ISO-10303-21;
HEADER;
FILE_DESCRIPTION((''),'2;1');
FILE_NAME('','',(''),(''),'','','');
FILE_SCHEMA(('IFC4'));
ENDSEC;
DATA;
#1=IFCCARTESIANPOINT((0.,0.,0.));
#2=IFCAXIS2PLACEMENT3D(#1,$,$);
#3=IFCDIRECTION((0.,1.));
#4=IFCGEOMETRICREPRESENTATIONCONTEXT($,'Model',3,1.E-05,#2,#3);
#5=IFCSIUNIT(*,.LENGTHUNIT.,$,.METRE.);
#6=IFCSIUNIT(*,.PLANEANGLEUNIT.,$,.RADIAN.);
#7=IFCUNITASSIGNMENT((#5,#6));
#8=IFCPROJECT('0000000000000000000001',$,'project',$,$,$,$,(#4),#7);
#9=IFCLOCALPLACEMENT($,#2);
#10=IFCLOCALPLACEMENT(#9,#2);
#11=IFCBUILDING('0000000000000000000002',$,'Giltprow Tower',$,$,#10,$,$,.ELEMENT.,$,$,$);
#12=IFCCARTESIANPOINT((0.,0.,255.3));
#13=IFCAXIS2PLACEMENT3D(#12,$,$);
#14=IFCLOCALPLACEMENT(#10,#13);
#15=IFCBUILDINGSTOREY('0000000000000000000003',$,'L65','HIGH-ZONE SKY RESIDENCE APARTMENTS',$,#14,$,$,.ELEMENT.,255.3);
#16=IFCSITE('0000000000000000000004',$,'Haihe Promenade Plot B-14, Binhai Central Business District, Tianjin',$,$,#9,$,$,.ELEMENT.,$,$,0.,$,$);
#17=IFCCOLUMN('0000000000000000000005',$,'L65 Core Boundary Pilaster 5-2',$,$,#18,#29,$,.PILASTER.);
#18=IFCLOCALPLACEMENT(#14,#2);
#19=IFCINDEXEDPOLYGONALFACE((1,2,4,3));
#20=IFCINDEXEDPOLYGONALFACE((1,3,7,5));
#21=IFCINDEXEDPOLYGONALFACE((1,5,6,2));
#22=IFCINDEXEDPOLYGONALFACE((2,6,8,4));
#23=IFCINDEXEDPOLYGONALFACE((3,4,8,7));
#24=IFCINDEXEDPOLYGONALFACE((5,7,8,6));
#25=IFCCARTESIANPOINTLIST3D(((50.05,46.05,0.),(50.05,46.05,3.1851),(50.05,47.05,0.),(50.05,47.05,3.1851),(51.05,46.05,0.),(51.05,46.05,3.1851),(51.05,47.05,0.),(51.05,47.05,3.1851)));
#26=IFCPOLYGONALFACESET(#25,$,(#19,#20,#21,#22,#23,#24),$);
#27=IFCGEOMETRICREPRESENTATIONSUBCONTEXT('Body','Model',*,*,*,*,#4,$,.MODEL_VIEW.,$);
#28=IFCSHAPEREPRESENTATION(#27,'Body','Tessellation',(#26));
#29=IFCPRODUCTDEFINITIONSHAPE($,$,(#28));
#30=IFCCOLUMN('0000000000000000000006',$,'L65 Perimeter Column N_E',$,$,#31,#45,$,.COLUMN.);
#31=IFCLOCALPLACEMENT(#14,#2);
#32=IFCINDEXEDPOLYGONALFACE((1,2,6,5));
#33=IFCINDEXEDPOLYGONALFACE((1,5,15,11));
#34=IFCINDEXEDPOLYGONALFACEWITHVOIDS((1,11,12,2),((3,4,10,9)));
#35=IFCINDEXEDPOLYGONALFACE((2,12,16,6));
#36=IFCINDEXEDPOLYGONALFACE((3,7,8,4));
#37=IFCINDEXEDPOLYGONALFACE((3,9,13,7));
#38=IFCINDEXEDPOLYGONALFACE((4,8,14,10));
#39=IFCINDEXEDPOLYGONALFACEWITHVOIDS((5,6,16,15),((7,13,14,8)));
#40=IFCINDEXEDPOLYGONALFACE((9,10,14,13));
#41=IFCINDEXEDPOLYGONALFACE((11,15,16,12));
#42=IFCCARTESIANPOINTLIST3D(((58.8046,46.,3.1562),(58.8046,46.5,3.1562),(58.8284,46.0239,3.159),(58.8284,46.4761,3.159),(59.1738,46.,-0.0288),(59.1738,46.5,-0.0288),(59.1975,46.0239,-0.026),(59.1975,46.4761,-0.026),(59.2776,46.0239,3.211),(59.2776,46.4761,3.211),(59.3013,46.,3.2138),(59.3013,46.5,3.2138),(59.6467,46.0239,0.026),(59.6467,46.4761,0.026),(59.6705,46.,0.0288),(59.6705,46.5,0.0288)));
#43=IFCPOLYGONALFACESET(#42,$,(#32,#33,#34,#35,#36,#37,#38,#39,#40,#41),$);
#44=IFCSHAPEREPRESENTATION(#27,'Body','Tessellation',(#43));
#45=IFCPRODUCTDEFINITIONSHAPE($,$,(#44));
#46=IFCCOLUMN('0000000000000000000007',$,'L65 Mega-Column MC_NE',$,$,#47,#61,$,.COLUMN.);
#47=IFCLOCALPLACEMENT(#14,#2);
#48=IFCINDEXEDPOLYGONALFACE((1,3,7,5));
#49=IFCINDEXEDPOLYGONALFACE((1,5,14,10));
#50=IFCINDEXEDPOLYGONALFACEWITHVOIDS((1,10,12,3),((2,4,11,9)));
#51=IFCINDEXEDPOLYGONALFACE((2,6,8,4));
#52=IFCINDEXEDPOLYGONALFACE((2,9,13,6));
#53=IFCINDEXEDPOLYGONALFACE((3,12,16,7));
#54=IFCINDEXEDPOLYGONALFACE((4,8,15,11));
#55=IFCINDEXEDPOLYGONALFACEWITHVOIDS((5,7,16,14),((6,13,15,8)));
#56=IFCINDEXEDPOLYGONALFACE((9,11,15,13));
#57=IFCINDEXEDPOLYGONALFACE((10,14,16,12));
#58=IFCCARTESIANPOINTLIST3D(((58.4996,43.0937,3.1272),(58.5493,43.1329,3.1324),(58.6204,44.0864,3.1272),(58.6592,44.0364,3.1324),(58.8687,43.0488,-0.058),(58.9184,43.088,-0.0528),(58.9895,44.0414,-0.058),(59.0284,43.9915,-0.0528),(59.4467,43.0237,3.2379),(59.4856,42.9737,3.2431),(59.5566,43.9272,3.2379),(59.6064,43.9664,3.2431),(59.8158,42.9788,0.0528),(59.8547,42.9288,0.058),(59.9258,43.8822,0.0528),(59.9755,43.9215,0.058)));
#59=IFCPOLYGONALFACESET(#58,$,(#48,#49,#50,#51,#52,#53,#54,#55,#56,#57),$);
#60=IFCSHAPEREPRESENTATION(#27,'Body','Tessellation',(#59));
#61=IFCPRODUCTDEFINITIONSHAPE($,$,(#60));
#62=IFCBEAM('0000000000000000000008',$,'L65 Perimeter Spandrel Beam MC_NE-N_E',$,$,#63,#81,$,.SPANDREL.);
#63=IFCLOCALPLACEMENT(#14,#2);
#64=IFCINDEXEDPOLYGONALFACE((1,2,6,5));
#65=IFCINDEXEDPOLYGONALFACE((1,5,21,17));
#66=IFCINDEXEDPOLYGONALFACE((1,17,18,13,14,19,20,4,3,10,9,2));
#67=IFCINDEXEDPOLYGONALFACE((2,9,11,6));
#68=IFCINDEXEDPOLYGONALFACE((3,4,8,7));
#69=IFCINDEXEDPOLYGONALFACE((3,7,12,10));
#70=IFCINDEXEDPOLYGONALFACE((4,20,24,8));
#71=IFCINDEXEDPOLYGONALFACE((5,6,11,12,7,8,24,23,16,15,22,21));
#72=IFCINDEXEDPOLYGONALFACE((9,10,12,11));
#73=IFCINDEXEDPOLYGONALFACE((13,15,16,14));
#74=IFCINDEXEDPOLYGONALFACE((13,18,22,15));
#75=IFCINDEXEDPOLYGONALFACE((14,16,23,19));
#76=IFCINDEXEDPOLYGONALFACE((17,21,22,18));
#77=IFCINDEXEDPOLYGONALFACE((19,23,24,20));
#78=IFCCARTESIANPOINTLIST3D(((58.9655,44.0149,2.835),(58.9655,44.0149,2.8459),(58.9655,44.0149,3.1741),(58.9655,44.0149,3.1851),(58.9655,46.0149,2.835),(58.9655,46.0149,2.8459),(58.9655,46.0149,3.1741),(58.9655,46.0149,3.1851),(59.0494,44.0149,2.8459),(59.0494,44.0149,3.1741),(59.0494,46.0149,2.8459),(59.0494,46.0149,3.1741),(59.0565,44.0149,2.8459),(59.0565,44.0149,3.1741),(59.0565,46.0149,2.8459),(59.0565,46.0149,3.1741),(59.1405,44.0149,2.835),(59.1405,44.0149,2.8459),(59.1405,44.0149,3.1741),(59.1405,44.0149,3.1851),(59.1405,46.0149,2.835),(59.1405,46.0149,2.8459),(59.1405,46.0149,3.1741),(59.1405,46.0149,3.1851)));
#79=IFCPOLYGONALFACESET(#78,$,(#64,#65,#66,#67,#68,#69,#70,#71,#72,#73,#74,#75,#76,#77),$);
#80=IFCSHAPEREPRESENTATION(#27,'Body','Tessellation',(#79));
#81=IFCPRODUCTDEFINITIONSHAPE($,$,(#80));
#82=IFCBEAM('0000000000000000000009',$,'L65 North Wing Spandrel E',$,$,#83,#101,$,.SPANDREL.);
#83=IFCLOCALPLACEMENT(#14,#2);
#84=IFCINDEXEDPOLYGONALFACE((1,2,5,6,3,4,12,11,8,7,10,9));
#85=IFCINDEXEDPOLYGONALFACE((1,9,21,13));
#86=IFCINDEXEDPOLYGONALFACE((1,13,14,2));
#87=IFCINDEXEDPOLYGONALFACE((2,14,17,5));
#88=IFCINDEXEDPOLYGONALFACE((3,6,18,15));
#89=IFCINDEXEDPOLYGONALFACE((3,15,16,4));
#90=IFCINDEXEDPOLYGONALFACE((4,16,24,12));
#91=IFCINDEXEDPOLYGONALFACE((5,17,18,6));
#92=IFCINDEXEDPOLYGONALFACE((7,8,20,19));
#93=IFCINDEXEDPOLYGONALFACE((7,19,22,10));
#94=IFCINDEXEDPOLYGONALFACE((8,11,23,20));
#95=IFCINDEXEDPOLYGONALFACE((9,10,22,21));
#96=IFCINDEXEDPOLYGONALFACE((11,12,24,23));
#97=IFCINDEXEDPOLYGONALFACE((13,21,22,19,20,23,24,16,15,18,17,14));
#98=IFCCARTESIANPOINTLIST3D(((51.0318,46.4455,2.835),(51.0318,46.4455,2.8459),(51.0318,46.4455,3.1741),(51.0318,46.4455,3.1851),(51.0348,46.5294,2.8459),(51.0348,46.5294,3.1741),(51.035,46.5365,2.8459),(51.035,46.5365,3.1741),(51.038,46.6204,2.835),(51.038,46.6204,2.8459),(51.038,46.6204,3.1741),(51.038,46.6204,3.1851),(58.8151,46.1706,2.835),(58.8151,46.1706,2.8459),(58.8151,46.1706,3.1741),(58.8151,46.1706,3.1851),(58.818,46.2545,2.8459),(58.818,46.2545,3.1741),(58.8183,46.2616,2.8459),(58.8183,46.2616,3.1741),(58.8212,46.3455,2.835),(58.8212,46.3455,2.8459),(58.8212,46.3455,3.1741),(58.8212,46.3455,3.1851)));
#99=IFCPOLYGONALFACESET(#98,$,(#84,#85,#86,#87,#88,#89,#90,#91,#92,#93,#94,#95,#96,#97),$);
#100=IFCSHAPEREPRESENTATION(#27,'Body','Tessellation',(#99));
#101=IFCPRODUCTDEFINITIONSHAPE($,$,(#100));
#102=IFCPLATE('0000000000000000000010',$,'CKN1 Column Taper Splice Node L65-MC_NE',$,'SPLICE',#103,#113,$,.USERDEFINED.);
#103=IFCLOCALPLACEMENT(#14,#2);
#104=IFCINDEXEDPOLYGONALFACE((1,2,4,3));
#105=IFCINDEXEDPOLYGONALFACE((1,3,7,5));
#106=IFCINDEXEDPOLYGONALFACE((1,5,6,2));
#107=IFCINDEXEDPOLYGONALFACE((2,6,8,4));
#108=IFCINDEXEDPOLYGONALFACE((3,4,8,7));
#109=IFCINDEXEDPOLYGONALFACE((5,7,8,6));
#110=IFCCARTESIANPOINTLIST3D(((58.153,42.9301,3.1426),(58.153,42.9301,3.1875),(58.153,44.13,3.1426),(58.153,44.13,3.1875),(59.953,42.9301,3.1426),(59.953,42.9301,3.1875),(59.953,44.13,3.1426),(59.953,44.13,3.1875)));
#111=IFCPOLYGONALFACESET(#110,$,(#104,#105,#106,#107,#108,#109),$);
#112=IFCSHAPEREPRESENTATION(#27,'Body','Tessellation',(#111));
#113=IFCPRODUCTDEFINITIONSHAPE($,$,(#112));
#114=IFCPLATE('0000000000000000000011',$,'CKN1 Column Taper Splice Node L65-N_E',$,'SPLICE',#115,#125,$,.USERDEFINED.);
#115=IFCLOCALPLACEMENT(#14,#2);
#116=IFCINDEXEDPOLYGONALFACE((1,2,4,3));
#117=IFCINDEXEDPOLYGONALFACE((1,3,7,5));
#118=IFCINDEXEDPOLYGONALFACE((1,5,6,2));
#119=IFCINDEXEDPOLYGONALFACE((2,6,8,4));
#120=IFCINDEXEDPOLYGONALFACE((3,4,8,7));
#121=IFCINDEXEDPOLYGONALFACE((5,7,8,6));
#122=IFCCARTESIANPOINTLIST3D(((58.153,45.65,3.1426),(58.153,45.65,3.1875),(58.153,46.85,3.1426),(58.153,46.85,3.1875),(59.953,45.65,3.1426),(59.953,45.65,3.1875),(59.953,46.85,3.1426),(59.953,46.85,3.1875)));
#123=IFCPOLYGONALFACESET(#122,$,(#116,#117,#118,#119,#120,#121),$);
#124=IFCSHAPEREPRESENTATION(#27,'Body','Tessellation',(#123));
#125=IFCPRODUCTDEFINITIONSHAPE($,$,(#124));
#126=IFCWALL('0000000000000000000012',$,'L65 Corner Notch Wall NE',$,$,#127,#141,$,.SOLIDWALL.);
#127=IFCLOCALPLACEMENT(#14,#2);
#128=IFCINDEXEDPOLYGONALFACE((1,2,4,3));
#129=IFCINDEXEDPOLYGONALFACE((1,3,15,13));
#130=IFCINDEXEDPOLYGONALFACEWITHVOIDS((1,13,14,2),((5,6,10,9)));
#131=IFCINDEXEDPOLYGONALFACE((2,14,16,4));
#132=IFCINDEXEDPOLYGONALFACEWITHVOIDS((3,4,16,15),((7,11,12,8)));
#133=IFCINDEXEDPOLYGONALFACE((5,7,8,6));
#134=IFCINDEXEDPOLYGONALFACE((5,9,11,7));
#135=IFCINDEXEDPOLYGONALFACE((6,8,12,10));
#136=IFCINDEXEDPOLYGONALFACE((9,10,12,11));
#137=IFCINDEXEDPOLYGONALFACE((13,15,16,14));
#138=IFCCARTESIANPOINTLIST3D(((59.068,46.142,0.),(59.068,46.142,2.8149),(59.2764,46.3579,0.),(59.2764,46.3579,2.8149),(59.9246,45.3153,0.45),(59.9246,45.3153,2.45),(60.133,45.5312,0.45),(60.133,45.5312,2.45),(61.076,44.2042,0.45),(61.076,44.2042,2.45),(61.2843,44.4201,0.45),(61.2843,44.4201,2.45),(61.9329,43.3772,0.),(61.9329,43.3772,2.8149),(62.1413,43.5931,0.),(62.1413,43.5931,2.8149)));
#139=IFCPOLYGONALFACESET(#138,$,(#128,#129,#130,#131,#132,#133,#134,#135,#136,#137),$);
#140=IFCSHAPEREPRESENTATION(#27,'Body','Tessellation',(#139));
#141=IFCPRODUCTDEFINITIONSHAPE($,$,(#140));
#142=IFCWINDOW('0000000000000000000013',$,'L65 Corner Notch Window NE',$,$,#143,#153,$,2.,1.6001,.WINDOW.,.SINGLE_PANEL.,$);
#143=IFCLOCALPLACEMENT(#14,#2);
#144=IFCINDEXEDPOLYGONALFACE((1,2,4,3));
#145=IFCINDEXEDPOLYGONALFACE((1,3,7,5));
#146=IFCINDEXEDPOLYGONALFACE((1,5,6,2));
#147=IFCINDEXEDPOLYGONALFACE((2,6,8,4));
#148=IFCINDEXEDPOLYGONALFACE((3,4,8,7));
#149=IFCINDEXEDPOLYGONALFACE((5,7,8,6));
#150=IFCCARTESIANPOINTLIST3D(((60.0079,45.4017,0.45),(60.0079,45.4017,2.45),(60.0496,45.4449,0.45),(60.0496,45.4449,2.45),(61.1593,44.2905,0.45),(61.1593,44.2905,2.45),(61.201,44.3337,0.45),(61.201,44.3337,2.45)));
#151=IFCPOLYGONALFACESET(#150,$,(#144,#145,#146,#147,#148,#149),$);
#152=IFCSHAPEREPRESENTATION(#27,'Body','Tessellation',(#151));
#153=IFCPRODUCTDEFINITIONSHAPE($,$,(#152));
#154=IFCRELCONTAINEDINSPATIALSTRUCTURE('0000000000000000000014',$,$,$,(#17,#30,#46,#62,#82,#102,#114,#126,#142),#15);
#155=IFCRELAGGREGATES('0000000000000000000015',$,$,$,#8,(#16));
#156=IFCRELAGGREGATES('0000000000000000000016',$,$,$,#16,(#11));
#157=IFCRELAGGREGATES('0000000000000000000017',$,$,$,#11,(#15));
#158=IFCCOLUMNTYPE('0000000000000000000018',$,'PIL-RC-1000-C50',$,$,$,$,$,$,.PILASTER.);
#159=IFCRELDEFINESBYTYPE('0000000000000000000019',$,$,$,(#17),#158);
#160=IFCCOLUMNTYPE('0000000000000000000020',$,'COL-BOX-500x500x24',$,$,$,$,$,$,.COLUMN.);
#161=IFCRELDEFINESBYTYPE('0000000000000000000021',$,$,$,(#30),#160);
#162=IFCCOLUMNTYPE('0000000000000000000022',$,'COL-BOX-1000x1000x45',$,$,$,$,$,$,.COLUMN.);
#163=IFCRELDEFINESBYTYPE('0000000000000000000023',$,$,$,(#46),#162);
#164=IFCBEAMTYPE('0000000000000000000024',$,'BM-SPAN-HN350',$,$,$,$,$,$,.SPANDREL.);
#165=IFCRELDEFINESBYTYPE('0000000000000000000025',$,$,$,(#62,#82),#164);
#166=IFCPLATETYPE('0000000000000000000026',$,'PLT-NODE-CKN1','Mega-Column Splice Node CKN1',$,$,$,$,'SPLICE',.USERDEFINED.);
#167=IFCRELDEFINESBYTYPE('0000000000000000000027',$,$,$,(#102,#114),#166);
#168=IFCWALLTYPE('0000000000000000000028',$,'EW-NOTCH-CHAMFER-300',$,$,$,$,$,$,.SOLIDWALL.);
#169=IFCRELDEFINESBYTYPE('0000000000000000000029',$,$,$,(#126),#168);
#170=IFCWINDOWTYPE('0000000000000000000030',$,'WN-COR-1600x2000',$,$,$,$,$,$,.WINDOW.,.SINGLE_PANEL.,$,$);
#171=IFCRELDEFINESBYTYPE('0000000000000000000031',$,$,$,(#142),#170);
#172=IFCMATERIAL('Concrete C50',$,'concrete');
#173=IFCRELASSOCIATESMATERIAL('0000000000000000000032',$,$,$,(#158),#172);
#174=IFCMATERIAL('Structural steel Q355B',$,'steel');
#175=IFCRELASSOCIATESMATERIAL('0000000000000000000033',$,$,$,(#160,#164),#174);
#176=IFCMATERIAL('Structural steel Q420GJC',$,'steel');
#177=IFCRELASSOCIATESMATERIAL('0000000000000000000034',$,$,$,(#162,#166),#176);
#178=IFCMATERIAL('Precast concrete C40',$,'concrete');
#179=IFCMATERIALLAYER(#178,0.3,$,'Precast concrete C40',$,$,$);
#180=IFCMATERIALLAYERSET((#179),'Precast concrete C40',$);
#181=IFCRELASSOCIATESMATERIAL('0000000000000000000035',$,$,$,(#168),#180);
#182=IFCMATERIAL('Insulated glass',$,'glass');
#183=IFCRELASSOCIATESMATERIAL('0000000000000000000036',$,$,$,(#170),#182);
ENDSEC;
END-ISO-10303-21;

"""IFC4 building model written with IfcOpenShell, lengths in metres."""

from ifc_helpers import new_model, si_unit, direction, frame, frame_2d, origin, origin_2d, place, context, subcontext, project, spatial, rectangle, hollow_rectangle, i_section, extrude, source, transform, mapped, material, layer, layer_set, material_profile, profile_set, type_object, element, fill, save


model = new_model("IFC4")

# Units and contexts
model_context = context("Model", 3, precision=1e-05, world=origin(), true_north=direction((0.0, 1.0)))
body_context = subcontext(model_context, "Body", "Model", "MODEL_VIEW")
ifc_project = project(units=[si_unit("LENGTHUNIT", "METRE"), si_unit("PLANEANGLEUNIT", "RADIAN")], contexts=[model_context])

# Site, building, storey
site_placement = place(None, origin())
site = spatial("IfcSite", under=ifc_project, at=site_placement, Name="Haihe Promenade Plot B-14, Binhai Central Business District, Tianjin", CompositionType="ELEMENT", RefElevation=0.0)
building_placement = place(site_placement, origin())
building = spatial("IfcBuilding", under=site, at=building_placement, Name="Giltprow Tower", CompositionType="ELEMENT")
storey_placement = place(building_placement, frame((0.0, 0.0, 255.3)))
storey = spatial("IfcBuildingStorey", under=building, at=storey_placement, Name="L65", Description="HIGH-ZONE SKY RESIDENCE APARTMENTS", CompositionType="ELEMENT", Elevation=255.3)

# Columns
ifc_material_1 = material(Name="Concrete C50", Category="concrete")
ifc_material_profile_1 = material_profile(ifc_material_1, rectangle(XDim=1.0, YDim=1.0, at=origin_2d()), Name="RC 1000x1000")
ifc_profile_set_1 = profile_set([ifc_material_profile_1], Name="Concrete C50")
column_type_1 = type_object("IfcColumnType", Name="PIL-RC-1000-C50", PredefinedType="PILASTER", material=ifc_profile_set_1)
shared_shape_1 = source(origin(), body_context, "Body", "SweptSolid", [
    extrude(rectangle(XDim=1.0, YDim=1.0, at=origin_2d()), origin(), (0.0, 0.0, 1.0), 3.1851),
])
column_1_placement = place(storey_placement, frame((50.55, 46.55, 0.0), z_axis=(0.0, 0.0, 1.0), x_axis=(1.0, 0.0, 0.0)))
element("IfcColumn", 1, at=column_1_placement, inside=storey, type_object=column_type_1, Name="L65 Core Boundary Pilaster 5-2", PredefinedType="PILASTER", context=body_context, shape_type="MappedRepresentation", body=[
    mapped(shared_shape_1, transform((0.0, 0.0, 0.0), x_axis=(1.0, 0.0, 0.0), y_axis=(0.0, 1.0, 0.0), z_axis=(0.0, 0.0, 1.0), scale=1.0)),
])
ifc_material_2 = material(Name="Structural steel Q355B", Category="steel")
ifc_material_profile_2 = material_profile(ifc_material_2, hollow_rectangle(XDim=0.5, YDim=0.5, WallThickness=0.0239, at=origin_2d()), Name="BOX 500x500x24")
ifc_profile_set_2 = profile_set([ifc_material_profile_2], Name="Structural steel Q355B")
column_type_2 = type_object("IfcColumnType", Name="COL-BOX-500x500x24", PredefinedType="COLUMN", material=ifc_profile_set_2)
shared_shape_2 = source(origin(), body_context, "Body", "SweptSolid", [
    extrude(hollow_rectangle(XDim=0.5, YDim=0.5, WallThickness=0.0239, at=origin_2d()), origin(), (0.0, 0.0, 1.0), 3.2063),
])
column_2_placement = place(storey_placement, frame((59.4221, 46.25, 0.0), z_axis=(-0.115127, 0.0, 0.993351), x_axis=(0.0, -1.0, 0.0)))
element("IfcColumn", 2, at=column_2_placement, inside=storey, type_object=column_type_2, Name="L65 Perimeter Column N_E", PredefinedType="COLUMN", context=body_context, shape_type="MappedRepresentation", body=[
    mapped(shared_shape_2, transform((0.0, 0.0, 0.0), x_axis=(1.0, 0.0, 0.0), y_axis=(0.0, 1.0, 0.0), z_axis=(0.0, 0.0, 1.0), scale=1.0)),
])
ifc_material_3 = material(Name="Structural steel Q420GJC", Category="steel")
ifc_material_profile_3 = material_profile(ifc_material_3, hollow_rectangle(XDim=1.0, YDim=1.0, WallThickness=0.0449, at=origin_2d()), Name="BOX 1000x1000x45")
ifc_profile_set_3 = profile_set([ifc_material_profile_3], Name="Structural steel Q420GJC")
column_type_3 = type_object("IfcColumnType", Name="COL-BOX-1000x1000x45", PredefinedType="COLUMN", material=ifc_profile_set_3)
shared_shape_3 = source(origin(), body_context, "Body", "SweptSolid", [
    extrude(hollow_rectangle(XDim=1.0, YDim=1.0, WallThickness=0.0449, at=origin_2d()), origin(), (0.0, 0.0, 1.0), 3.2068),
])
column_3_placement = place(storey_placement, frame((59.4221, 43.4851, 0.0), z_axis=(-0.115116, 0.014009, 0.993253), x_axis=(-0.120802, -0.992677, 0.0)))
element("IfcColumn", 3, at=column_3_placement, inside=storey, type_object=column_type_3, Name="L65 Mega-Column MC_NE", PredefinedType="COLUMN", context=body_context, shape_type="MappedRepresentation", body=[
    mapped(shared_shape_3, transform((0.0, 0.0, 0.0), x_axis=(1.0, 0.0, 0.0), y_axis=(0.0, 1.0, 0.0), z_axis=(0.0, 0.0, 1.0), scale=1.0)),
])

# Beams
ifc_material_profile_4 = material_profile(ifc_material_2, i_section(OverallWidth=0.175, OverallDepth=0.3501, WebThickness=0.0071, FlangeThickness=0.011, at=origin_2d()), Name="HN 350x175x7x11")
ifc_profile_set_4 = profile_set([ifc_material_profile_4], Name="Structural steel Q355B")
beam_type = type_object("IfcBeamType", Name="BM-SPAN-HN350", PredefinedType="SPANDREL", material=ifc_profile_set_4)
shared_shape_4 = source(origin(), body_context, "Body", "SweptSolid", [
    extrude(i_section(OverallWidth=0.175, OverallDepth=0.3501, WebThickness=0.0071, FlangeThickness=0.011, at=origin_2d()), origin(), (0.0, 0.0, 1.0), 2.0),
])
beam_1_placement = place(storey_placement, frame((59.053, 44.0149, 3.01), z_axis=(0.0, 1.0, 0.0), x_axis=(-1.0, 0.0, 0.0)))
element("IfcBeam", 4, at=beam_1_placement, inside=storey, type_object=beam_type, Name="L65 Perimeter Spandrel Beam MC_NE-N_E", PredefinedType="SPANDREL", context=body_context, shape_type="MappedRepresentation", body=[
    mapped(shared_shape_4, transform((0.0, 0.0, 0.0), x_axis=(1.0, 0.0, 0.0), y_axis=(0.0, 1.0, 0.0), z_axis=(0.0, 0.0, 1.0), scale=1.0)),
])
shared_shape_5 = source(origin(), body_context, "Body", "SweptSolid", [
    extrude(i_section(OverallWidth=0.175, OverallDepth=0.3501, WebThickness=0.0071, FlangeThickness=0.011, at=origin_2d()), origin(), (0.0, 0.0, 1.0), 7.7881),
])
beam_2_placement = place(storey_placement, frame((51.0349, 46.533, 3.01), z_axis=(0.999377, -0.035298, 0.0), x_axis=(0.035298, 0.999377, 0.0)))
element("IfcBeam", 5, at=beam_2_placement, inside=storey, type_object=beam_type, Name="L65 North Wing Spandrel E", PredefinedType="SPANDREL", context=body_context, shape_type="MappedRepresentation", body=[
    mapped(shared_shape_5, transform((0.0, 0.0, 0.0), x_axis=(1.0, 0.0, 0.0), y_axis=(0.0, 1.0, 0.0), z_axis=(0.0, 0.0, 1.0), scale=1.0)),
])

# Plates
plate_type = type_object("IfcPlateType", Name="PLT-NODE-CKN1", Description="Mega-Column Splice Node CKN1", ElementType="SPLICE", PredefinedType="USERDEFINED", material=ifc_material_3)
shared_shape_6 = source(origin(), body_context, "Body", "SweptSolid", [
    extrude(rectangle(XDim=1.8, YDim=1.2, at=origin_2d()), origin(), (0.0, 0.0, 1.0), 0.0449),
])
for number, where, z_axis, x_axis, name in (
    (6, (59.053, 43.53, 3.1426), (0.0, 0.0, 1.0), (1.0, 0.0, 0.0), "CKN1 Column Taper Splice Node L65-MC_NE"),
    (7, (59.053, 46.25, 3.1426), (0.0, 0.0, 1.0), (1.0, 0.0, 0.0), "CKN1 Column Taper Splice Node L65-N_E"),
):
    element("IfcPlate", number, at=place(storey_placement, frame(where, z_axis=z_axis, x_axis=x_axis)), inside=storey, type_object=plate_type, Name=name, ObjectType="SPLICE", PredefinedType="USERDEFINED", context=body_context, shape_type="MappedRepresentation", body=[
        mapped(shared_shape_6, transform((0.0, 0.0, 0.0), x_axis=(1.0, 0.0, 0.0), y_axis=(0.0, 1.0, 0.0), z_axis=(0.0, 0.0, 1.0), scale=1.0)),
    ])

# Wall, opening, window
ifc_material_4 = material(Name="Precast concrete C40", Category="concrete")
ifc_layer_1 = layer(ifc_material_4, 0.3, Name="Precast concrete C40")
ifc_layer_set_1 = layer_set([ifc_layer_1], Name="Precast concrete C40")
wall_type_1 = type_object("IfcWallType", Name="EW-NOTCH-CHAMFER-300", PredefinedType="SOLIDWALL", material=ifc_layer_set_1)
wall_1_placement = place(storey_placement, frame((62.0371, 43.4851, 0.0), z_axis=(0.0, 0.0, 1.0), x_axis=(-0.719565, 0.694425, 0.0)))
wall_1 = element("IfcWall", 8, at=wall_1_placement, inside=storey, type_object=wall_type_1, Name="L65 Corner Notch Wall NE", PredefinedType="SOLIDWALL", context=body_context, shape_type="SweptSolid", body=[
    extrude(rectangle(XDim=3.9814, YDim=0.3, at=frame_2d((1.9907, 0.0))), origin(), (0.0, 0.0, 1.0), 2.8149),
])
opening_1_placement = place(wall_1_placement, frame((1.1909, 0.0, 0.45)))
opening_1 = element("IfcOpeningElement", 9, at=opening_1_placement, cuts=wall_1, PredefinedType="OPENING", context=body_context, shape_type="SweptSolid", body=[
    extrude(rectangle(XDim=1.6001, YDim=2.0, at=frame_2d((0.8, 1.0))), frame((0.0, 0.1599, 0.0), z_axis=(0.0, -1.0, 0.0), x_axis=(1.0, 0.0, 0.0)), (0.0, 0.0, 1.0), 0.3201),
])
ifc_material_5 = material(Name="Insulated glass", Category="glass")
window_type = type_object("IfcWindowType", Name="WN-COR-1600x2000", PartitioningType="SINGLE_PANEL", PredefinedType="WINDOW", material=ifc_material_5)
shared_shape_7 = source(origin(), body_context, "Body", "SweptSolid", [
    extrude(rectangle(XDim=1.6001, YDim=2.0, at=frame_2d((0.8, 1.0))), frame((0.0, 0.03, 0.0), z_axis=(0.0, -1.0, 0.0), x_axis=(1.0, 0.0, 0.0)), (0.0, 0.0, 1.0), 0.0601),
])
window_1_placement = place(opening_1_placement, origin())
window_1 = element("IfcWindow", 10, at=window_1_placement, inside=storey, type_object=window_type, Name="L65 Corner Notch Window NE", OverallHeight=2.0, OverallWidth=1.6001, PartitioningType="SINGLE_PANEL", PredefinedType="WINDOW", context=body_context, shape_type="MappedRepresentation", body=[
    mapped(shared_shape_7, transform((0.0, 0.0, 0.0), x_axis=(1.0, 0.0, 0.0), y_axis=(0.0, 1.0, 0.0), z_axis=(0.0, 0.0, 1.0), scale=1.0)),
])
fill(opening_1, window_1)

save(model, "model.ifc")
